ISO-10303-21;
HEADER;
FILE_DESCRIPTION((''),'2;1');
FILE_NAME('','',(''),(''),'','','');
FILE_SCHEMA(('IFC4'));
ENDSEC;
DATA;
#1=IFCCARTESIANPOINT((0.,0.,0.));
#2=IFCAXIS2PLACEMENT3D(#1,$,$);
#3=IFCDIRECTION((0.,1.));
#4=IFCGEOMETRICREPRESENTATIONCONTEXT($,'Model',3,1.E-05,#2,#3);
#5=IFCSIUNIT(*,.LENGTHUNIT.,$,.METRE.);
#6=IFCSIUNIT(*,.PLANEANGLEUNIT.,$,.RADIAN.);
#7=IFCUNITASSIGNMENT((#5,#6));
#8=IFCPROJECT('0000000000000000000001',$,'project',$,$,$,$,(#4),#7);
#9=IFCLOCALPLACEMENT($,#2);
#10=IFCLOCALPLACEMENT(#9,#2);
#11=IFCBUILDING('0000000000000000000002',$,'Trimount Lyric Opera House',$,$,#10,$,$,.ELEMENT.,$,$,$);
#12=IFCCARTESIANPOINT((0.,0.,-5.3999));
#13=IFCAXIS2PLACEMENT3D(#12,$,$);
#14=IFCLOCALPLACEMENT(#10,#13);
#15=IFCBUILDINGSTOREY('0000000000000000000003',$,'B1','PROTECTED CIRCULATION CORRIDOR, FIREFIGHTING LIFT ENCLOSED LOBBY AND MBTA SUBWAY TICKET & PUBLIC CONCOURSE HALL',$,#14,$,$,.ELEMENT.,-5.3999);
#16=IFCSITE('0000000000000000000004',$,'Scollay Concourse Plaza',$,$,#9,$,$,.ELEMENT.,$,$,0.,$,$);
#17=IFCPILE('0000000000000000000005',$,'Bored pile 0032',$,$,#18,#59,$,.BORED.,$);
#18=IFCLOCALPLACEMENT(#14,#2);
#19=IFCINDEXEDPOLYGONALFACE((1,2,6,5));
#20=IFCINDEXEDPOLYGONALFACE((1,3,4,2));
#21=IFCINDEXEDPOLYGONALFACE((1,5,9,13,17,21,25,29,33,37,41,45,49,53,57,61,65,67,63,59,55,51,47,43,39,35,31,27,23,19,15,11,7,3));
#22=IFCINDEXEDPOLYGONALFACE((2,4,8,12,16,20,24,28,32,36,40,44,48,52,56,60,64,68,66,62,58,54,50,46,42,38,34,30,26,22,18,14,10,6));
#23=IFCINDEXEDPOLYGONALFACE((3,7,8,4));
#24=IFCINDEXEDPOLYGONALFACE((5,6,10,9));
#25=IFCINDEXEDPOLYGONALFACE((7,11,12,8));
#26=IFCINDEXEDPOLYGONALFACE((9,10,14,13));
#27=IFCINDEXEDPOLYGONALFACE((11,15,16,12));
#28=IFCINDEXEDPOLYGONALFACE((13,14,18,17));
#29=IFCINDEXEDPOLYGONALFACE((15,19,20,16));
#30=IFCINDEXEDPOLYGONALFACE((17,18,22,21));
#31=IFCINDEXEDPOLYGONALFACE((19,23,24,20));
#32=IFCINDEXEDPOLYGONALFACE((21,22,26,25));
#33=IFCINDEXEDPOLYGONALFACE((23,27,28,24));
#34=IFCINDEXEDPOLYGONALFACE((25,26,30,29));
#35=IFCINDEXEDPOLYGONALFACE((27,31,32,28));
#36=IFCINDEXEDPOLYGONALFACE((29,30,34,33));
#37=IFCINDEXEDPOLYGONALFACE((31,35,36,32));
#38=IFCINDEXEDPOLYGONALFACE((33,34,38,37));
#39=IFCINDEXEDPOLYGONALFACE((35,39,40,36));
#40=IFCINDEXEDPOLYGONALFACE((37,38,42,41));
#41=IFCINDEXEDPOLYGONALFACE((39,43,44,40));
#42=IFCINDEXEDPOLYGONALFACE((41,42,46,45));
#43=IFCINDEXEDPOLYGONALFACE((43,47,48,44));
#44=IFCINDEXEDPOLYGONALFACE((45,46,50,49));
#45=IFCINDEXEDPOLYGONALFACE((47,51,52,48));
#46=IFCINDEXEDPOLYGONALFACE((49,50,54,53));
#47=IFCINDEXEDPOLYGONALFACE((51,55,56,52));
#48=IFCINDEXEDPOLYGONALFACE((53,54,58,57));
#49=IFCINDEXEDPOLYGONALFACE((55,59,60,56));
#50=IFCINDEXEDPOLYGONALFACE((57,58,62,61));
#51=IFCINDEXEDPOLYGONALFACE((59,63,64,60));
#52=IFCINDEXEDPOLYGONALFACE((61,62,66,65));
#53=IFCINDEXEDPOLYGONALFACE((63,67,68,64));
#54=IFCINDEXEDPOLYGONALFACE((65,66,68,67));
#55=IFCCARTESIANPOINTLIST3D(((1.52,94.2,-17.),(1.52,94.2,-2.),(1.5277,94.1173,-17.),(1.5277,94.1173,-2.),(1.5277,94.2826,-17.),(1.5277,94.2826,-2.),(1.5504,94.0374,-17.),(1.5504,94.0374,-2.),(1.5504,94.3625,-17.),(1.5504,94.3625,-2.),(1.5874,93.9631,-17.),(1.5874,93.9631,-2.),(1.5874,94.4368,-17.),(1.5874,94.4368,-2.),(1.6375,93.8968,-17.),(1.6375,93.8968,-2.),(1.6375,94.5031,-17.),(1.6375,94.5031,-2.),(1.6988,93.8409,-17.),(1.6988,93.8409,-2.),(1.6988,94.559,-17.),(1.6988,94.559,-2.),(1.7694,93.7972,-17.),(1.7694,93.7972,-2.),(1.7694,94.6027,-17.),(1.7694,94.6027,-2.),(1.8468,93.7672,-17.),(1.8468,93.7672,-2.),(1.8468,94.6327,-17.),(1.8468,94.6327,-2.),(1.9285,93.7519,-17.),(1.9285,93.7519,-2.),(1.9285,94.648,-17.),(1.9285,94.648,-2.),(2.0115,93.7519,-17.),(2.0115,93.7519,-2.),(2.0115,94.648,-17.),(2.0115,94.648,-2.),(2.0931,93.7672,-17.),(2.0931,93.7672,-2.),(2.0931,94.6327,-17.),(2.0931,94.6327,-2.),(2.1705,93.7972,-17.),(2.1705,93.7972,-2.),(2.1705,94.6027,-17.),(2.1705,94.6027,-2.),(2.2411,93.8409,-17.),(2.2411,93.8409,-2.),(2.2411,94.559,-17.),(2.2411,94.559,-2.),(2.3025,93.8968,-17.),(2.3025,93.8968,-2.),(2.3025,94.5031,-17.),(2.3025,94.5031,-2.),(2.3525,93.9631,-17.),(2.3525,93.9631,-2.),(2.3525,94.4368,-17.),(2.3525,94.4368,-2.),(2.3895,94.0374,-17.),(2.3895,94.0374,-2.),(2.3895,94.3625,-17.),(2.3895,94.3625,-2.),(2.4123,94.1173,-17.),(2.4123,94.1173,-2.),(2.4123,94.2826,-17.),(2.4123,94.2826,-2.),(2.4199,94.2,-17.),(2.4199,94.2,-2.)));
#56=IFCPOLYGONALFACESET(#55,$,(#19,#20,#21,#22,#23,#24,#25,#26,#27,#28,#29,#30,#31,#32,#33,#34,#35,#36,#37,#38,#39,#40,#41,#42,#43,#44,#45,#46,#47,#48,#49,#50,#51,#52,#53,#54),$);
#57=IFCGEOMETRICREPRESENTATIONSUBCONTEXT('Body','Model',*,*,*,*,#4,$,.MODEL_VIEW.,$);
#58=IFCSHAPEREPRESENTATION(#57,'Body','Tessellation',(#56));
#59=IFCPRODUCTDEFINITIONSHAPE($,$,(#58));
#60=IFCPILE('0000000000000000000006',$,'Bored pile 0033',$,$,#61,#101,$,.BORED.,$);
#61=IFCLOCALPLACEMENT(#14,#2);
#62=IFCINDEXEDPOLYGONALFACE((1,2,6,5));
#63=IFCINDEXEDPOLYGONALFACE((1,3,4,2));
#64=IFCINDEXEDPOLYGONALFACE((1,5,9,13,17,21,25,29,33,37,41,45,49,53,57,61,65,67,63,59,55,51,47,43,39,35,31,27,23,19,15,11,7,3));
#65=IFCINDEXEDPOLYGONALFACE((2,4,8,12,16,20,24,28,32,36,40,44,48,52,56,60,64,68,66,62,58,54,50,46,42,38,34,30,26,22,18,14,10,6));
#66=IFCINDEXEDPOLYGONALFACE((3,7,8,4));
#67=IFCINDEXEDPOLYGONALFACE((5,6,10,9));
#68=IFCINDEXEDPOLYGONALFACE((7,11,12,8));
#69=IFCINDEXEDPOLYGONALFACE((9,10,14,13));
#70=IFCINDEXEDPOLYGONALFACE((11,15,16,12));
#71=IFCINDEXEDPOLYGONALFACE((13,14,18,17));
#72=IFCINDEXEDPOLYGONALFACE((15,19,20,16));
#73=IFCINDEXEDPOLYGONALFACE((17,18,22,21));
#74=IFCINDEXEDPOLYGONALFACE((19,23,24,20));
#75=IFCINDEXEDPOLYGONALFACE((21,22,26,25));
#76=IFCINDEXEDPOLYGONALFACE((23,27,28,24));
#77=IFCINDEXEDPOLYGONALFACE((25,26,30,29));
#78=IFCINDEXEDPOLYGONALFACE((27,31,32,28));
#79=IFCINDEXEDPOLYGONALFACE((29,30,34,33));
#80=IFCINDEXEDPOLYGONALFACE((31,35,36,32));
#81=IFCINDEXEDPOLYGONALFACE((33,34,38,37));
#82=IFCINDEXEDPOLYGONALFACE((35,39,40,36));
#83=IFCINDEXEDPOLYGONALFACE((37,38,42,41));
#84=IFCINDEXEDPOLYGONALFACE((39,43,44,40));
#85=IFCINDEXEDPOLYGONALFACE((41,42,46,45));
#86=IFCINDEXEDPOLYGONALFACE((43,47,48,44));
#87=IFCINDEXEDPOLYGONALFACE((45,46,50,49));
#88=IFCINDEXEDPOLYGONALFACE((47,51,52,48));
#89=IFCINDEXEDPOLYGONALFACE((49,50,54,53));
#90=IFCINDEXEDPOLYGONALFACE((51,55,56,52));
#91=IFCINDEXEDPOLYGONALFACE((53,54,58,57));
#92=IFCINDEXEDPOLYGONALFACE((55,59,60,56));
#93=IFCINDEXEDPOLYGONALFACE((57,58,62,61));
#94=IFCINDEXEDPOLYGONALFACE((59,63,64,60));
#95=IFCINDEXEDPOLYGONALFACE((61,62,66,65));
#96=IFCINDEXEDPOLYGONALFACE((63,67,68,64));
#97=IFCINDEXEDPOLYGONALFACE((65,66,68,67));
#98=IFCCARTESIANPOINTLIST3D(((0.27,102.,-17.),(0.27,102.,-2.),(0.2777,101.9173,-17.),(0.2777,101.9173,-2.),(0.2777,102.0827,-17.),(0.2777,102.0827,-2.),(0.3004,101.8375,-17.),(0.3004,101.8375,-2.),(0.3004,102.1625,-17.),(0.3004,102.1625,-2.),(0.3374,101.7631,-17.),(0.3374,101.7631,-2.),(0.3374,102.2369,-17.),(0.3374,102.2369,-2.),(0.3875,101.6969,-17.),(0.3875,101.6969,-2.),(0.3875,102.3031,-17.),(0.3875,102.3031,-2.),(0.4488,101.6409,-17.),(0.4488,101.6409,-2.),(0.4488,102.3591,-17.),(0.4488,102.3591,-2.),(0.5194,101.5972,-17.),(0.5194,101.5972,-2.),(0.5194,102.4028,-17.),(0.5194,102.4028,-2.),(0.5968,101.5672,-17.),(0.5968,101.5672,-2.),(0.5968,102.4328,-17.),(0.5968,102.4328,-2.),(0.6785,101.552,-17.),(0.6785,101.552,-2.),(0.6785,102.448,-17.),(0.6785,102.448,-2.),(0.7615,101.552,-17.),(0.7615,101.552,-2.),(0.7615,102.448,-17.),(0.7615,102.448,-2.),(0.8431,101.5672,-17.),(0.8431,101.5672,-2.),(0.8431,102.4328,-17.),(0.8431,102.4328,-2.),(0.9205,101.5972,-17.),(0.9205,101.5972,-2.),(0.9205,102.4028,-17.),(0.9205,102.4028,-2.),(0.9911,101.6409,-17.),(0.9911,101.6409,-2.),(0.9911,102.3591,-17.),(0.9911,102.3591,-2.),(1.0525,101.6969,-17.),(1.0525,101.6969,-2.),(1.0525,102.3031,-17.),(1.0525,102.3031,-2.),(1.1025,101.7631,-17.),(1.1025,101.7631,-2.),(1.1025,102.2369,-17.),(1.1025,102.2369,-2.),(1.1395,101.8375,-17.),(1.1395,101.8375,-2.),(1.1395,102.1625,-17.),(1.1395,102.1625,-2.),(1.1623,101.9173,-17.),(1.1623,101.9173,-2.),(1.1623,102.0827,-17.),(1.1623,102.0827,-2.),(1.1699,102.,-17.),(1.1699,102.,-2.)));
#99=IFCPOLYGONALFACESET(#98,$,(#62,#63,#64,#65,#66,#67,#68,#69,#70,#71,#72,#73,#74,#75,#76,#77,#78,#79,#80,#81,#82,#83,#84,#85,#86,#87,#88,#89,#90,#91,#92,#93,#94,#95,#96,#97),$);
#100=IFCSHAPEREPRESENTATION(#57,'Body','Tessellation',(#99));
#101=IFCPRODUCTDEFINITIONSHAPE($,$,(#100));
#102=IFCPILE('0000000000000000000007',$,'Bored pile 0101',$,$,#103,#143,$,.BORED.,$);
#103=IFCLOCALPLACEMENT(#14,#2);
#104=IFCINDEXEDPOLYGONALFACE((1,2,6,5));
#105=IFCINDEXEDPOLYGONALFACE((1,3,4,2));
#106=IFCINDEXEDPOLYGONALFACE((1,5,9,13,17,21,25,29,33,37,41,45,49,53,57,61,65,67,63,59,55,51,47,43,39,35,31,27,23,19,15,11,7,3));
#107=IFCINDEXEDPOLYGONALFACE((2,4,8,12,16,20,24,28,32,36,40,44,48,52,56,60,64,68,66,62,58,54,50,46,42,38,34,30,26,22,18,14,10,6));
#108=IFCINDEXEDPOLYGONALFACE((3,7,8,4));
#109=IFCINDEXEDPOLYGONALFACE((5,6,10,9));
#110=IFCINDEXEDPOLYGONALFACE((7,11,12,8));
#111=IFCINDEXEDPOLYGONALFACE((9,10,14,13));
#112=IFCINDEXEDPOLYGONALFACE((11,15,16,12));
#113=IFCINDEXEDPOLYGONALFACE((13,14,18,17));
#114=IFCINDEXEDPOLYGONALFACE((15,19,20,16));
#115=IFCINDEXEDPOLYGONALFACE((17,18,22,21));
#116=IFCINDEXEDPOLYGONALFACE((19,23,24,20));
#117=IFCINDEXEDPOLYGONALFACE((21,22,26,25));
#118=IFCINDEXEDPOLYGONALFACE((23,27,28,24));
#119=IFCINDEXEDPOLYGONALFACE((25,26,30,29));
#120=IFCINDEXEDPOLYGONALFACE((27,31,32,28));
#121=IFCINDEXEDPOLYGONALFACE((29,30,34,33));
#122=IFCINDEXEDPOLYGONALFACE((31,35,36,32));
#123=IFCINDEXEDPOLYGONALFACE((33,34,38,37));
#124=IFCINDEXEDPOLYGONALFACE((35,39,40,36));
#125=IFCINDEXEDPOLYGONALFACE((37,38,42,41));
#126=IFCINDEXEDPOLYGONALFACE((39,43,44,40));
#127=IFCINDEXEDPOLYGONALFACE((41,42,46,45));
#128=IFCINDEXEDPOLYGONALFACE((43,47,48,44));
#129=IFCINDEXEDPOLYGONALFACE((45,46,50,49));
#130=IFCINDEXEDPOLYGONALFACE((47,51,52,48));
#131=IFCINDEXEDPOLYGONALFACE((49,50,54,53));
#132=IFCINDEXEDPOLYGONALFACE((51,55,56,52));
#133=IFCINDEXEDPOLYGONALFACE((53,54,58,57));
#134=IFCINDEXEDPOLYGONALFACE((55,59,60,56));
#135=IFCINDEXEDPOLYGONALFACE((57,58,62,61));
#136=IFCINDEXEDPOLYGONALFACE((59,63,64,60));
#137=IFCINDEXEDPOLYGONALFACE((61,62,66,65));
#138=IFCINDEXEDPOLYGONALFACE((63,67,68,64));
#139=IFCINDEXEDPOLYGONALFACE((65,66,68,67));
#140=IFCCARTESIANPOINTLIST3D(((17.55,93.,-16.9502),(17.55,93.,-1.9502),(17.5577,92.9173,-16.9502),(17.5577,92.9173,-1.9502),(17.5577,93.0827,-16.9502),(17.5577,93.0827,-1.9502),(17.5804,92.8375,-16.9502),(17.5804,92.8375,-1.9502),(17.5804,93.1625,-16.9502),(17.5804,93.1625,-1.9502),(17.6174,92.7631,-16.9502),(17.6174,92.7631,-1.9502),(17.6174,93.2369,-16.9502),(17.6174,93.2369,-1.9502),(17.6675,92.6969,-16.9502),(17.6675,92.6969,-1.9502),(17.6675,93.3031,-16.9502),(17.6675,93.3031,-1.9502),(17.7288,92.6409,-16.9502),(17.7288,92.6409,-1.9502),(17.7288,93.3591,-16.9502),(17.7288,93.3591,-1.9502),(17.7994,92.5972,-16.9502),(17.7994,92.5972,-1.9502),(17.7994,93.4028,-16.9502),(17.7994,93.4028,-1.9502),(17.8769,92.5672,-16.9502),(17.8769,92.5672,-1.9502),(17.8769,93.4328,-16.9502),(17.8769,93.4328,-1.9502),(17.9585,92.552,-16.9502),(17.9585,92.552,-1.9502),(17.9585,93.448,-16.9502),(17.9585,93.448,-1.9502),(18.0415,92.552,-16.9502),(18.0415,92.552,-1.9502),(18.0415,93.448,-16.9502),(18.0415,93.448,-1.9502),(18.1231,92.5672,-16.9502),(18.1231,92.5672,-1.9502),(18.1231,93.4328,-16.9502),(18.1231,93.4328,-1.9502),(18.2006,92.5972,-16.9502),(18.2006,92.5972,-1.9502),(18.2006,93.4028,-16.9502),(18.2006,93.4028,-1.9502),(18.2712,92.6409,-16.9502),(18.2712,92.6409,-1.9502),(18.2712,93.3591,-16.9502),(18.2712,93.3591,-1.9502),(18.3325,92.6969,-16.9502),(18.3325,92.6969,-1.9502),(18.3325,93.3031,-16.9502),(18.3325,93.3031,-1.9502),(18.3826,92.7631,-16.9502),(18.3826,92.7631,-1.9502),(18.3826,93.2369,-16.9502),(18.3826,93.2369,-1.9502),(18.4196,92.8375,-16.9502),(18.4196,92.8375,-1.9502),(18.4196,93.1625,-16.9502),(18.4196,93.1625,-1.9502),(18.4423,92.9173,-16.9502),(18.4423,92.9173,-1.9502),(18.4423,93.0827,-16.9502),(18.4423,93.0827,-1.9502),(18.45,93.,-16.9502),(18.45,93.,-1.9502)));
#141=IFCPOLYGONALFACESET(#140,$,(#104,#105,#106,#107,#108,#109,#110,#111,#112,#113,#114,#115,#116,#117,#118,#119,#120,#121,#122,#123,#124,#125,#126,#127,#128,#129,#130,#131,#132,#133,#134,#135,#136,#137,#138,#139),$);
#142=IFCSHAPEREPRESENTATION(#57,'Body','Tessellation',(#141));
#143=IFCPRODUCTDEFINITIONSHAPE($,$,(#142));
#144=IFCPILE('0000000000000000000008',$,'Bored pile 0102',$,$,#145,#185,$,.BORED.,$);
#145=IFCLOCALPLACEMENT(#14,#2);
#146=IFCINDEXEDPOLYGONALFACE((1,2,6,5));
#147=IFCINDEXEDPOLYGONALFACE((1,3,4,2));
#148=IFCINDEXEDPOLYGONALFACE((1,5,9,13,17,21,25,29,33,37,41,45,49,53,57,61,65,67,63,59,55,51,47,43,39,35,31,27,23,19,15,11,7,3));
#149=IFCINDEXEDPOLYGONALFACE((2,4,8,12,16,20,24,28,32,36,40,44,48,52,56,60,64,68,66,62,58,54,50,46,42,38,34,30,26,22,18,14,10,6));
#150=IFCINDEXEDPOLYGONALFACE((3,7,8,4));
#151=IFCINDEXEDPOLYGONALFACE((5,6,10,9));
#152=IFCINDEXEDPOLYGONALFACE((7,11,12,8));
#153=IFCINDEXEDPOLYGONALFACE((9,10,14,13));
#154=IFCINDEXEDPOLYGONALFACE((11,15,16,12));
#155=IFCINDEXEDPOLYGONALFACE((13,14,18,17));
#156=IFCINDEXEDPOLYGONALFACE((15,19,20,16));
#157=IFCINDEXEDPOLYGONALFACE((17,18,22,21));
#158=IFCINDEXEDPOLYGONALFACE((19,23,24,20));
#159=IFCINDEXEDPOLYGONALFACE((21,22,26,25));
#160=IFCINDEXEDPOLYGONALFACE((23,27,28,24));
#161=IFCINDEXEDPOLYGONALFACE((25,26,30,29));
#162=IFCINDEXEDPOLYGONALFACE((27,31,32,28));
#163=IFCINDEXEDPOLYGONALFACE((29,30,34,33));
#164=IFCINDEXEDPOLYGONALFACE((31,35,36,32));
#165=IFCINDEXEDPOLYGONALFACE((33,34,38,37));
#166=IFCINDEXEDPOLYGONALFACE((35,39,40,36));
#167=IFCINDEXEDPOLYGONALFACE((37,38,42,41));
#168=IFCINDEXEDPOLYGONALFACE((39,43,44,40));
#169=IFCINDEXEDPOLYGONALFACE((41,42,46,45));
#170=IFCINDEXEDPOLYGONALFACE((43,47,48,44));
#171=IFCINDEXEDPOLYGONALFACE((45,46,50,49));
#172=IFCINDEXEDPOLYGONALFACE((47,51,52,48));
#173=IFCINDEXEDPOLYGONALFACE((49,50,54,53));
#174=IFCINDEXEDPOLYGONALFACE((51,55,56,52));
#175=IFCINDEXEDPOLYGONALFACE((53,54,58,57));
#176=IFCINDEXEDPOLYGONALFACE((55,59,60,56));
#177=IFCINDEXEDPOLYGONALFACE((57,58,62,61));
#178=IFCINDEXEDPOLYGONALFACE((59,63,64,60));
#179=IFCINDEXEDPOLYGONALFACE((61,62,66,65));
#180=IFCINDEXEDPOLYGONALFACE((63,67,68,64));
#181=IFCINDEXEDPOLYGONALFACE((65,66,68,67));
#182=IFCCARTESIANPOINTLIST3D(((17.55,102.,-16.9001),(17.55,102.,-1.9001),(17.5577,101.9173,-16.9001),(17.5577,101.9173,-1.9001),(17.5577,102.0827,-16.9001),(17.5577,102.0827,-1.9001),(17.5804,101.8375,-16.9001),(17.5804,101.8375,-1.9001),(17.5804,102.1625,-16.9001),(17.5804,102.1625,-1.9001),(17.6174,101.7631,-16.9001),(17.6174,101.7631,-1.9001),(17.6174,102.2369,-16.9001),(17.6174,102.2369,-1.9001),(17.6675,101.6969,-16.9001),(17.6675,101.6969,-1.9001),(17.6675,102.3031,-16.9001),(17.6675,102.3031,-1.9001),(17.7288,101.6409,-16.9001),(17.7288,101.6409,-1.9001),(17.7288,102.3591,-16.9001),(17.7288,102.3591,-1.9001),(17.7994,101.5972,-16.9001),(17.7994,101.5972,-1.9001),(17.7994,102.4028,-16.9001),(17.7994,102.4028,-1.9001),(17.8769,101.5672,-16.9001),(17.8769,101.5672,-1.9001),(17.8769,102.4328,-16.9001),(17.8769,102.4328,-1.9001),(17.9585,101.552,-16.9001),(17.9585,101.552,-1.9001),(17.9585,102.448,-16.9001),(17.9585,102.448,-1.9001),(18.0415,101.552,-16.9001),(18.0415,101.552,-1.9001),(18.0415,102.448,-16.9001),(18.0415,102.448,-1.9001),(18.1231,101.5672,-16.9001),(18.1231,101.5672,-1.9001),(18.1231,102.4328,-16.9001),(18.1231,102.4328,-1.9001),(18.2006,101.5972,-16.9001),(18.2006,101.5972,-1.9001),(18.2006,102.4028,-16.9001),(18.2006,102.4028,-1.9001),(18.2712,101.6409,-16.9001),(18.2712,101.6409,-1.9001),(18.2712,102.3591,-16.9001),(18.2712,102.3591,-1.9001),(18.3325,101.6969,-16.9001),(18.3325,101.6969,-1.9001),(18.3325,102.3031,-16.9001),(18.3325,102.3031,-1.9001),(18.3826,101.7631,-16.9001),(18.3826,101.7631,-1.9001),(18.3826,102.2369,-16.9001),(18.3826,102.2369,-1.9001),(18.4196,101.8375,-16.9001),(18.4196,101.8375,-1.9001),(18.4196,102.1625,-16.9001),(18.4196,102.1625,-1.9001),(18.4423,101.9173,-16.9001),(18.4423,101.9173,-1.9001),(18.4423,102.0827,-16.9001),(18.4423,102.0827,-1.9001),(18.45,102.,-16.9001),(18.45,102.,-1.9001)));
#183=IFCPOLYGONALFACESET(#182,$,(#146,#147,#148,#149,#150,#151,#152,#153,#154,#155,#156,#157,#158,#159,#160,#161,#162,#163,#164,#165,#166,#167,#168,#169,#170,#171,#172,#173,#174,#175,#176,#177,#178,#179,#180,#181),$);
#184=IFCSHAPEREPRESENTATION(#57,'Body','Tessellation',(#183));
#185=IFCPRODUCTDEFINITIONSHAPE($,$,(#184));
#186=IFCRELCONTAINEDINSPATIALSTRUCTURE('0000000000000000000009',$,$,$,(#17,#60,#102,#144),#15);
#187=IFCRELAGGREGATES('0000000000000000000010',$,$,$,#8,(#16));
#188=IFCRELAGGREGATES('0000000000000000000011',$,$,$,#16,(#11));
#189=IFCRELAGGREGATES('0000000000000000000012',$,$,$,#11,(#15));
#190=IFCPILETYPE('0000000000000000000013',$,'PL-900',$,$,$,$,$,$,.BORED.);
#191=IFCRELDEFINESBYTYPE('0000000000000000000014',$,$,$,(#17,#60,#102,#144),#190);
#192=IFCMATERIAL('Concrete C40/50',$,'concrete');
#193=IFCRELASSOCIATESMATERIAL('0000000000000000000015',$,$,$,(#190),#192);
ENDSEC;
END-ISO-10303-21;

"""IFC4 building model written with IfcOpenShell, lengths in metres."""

from ifc_helpers import new_model, si_unit, direction, frame, origin, origin_2d, place, context, subcontext, project, spatial, circle, extrude, material, material_profile, profile_set, type_object, element, save


model = new_model("IFC4")

# Units and contexts
model_context = context("Model", 3, precision=1e-05, world=origin(), true_north=direction((0.0, 1.0)))
body_context = subcontext(model_context, "Body", "Model", "MODEL_VIEW")
ifc_project = project(units=[si_unit("LENGTHUNIT", "METRE"), si_unit("PLANEANGLEUNIT", "RADIAN")], contexts=[model_context])

# Site, building, storey
site_placement = place(None, origin())
site = spatial("IfcSite", under=ifc_project, at=site_placement, Name="Scollay Concourse Plaza", CompositionType="ELEMENT", RefElevation=0.0)
building_placement = place(site_placement, origin())
building = spatial("IfcBuilding", under=site, at=building_placement, Name="Trimount Lyric Opera House", CompositionType="ELEMENT")
storey_placement = place(building_placement, frame((0.0, 0.0, -5.3999)))
storey = spatial("IfcBuildingStorey", under=building, at=storey_placement, Name="B1", Description="PROTECTED CIRCULATION CORRIDOR, FIREFIGHTING LIFT ENCLOSED LOBBY AND MBTA SUBWAY TICKET & PUBLIC CONCOURSE HALL", CompositionType="ELEMENT", Elevation=-5.3999)

# Piles
ifc_material_1 = material(Name="Concrete C40/50", Category="concrete")
ifc_material_profile_1 = material_profile(ifc_material_1, circle(Radius=0.45, at=origin_2d()), Name="PILE-D900")
ifc_profile_set_1 = profile_set([ifc_material_profile_1], Name="Concrete C40/50")
pile_type_1 = type_object("IfcPileType", Name="PL-900", PredefinedType="BORED", material=ifc_profile_set_1)
for number, where, z_axis, x_axis, name in (
    (1, (1.97, 94.2, -2.0), (0.0, 0.0, -1.0), (1.0, 0.0, 0.0), "Bored pile 0032"),
    (2, (0.72, 102.0, -2.0), (0.0, 0.0, -1.0), (1.0, 0.0, 0.0), "Bored pile 0033"),
    (3, (18.0, 93.0, -1.9502), (0.0, 0.0, -1.0), (1.0, 0.0, 0.0), "Bored pile 0101"),
    (4, (18.0, 102.0, -1.9001), (0.0, 0.0, -1.0), (1.0, 0.0, 0.0), "Bored pile 0102"),
):
    element("IfcPile", number, at=place(storey_placement, frame(where, z_axis=z_axis, x_axis=x_axis)), inside=storey, type_object=pile_type_1, Name=name, PredefinedType="BORED", context=body_context, shape_type="SweptSolid", body=[
        extrude(circle(Radius=0.45, at=origin_2d()), origin(), (0.0, 0.0, 1.0), 15.0),
    ])

save(model, "model.ifc")
